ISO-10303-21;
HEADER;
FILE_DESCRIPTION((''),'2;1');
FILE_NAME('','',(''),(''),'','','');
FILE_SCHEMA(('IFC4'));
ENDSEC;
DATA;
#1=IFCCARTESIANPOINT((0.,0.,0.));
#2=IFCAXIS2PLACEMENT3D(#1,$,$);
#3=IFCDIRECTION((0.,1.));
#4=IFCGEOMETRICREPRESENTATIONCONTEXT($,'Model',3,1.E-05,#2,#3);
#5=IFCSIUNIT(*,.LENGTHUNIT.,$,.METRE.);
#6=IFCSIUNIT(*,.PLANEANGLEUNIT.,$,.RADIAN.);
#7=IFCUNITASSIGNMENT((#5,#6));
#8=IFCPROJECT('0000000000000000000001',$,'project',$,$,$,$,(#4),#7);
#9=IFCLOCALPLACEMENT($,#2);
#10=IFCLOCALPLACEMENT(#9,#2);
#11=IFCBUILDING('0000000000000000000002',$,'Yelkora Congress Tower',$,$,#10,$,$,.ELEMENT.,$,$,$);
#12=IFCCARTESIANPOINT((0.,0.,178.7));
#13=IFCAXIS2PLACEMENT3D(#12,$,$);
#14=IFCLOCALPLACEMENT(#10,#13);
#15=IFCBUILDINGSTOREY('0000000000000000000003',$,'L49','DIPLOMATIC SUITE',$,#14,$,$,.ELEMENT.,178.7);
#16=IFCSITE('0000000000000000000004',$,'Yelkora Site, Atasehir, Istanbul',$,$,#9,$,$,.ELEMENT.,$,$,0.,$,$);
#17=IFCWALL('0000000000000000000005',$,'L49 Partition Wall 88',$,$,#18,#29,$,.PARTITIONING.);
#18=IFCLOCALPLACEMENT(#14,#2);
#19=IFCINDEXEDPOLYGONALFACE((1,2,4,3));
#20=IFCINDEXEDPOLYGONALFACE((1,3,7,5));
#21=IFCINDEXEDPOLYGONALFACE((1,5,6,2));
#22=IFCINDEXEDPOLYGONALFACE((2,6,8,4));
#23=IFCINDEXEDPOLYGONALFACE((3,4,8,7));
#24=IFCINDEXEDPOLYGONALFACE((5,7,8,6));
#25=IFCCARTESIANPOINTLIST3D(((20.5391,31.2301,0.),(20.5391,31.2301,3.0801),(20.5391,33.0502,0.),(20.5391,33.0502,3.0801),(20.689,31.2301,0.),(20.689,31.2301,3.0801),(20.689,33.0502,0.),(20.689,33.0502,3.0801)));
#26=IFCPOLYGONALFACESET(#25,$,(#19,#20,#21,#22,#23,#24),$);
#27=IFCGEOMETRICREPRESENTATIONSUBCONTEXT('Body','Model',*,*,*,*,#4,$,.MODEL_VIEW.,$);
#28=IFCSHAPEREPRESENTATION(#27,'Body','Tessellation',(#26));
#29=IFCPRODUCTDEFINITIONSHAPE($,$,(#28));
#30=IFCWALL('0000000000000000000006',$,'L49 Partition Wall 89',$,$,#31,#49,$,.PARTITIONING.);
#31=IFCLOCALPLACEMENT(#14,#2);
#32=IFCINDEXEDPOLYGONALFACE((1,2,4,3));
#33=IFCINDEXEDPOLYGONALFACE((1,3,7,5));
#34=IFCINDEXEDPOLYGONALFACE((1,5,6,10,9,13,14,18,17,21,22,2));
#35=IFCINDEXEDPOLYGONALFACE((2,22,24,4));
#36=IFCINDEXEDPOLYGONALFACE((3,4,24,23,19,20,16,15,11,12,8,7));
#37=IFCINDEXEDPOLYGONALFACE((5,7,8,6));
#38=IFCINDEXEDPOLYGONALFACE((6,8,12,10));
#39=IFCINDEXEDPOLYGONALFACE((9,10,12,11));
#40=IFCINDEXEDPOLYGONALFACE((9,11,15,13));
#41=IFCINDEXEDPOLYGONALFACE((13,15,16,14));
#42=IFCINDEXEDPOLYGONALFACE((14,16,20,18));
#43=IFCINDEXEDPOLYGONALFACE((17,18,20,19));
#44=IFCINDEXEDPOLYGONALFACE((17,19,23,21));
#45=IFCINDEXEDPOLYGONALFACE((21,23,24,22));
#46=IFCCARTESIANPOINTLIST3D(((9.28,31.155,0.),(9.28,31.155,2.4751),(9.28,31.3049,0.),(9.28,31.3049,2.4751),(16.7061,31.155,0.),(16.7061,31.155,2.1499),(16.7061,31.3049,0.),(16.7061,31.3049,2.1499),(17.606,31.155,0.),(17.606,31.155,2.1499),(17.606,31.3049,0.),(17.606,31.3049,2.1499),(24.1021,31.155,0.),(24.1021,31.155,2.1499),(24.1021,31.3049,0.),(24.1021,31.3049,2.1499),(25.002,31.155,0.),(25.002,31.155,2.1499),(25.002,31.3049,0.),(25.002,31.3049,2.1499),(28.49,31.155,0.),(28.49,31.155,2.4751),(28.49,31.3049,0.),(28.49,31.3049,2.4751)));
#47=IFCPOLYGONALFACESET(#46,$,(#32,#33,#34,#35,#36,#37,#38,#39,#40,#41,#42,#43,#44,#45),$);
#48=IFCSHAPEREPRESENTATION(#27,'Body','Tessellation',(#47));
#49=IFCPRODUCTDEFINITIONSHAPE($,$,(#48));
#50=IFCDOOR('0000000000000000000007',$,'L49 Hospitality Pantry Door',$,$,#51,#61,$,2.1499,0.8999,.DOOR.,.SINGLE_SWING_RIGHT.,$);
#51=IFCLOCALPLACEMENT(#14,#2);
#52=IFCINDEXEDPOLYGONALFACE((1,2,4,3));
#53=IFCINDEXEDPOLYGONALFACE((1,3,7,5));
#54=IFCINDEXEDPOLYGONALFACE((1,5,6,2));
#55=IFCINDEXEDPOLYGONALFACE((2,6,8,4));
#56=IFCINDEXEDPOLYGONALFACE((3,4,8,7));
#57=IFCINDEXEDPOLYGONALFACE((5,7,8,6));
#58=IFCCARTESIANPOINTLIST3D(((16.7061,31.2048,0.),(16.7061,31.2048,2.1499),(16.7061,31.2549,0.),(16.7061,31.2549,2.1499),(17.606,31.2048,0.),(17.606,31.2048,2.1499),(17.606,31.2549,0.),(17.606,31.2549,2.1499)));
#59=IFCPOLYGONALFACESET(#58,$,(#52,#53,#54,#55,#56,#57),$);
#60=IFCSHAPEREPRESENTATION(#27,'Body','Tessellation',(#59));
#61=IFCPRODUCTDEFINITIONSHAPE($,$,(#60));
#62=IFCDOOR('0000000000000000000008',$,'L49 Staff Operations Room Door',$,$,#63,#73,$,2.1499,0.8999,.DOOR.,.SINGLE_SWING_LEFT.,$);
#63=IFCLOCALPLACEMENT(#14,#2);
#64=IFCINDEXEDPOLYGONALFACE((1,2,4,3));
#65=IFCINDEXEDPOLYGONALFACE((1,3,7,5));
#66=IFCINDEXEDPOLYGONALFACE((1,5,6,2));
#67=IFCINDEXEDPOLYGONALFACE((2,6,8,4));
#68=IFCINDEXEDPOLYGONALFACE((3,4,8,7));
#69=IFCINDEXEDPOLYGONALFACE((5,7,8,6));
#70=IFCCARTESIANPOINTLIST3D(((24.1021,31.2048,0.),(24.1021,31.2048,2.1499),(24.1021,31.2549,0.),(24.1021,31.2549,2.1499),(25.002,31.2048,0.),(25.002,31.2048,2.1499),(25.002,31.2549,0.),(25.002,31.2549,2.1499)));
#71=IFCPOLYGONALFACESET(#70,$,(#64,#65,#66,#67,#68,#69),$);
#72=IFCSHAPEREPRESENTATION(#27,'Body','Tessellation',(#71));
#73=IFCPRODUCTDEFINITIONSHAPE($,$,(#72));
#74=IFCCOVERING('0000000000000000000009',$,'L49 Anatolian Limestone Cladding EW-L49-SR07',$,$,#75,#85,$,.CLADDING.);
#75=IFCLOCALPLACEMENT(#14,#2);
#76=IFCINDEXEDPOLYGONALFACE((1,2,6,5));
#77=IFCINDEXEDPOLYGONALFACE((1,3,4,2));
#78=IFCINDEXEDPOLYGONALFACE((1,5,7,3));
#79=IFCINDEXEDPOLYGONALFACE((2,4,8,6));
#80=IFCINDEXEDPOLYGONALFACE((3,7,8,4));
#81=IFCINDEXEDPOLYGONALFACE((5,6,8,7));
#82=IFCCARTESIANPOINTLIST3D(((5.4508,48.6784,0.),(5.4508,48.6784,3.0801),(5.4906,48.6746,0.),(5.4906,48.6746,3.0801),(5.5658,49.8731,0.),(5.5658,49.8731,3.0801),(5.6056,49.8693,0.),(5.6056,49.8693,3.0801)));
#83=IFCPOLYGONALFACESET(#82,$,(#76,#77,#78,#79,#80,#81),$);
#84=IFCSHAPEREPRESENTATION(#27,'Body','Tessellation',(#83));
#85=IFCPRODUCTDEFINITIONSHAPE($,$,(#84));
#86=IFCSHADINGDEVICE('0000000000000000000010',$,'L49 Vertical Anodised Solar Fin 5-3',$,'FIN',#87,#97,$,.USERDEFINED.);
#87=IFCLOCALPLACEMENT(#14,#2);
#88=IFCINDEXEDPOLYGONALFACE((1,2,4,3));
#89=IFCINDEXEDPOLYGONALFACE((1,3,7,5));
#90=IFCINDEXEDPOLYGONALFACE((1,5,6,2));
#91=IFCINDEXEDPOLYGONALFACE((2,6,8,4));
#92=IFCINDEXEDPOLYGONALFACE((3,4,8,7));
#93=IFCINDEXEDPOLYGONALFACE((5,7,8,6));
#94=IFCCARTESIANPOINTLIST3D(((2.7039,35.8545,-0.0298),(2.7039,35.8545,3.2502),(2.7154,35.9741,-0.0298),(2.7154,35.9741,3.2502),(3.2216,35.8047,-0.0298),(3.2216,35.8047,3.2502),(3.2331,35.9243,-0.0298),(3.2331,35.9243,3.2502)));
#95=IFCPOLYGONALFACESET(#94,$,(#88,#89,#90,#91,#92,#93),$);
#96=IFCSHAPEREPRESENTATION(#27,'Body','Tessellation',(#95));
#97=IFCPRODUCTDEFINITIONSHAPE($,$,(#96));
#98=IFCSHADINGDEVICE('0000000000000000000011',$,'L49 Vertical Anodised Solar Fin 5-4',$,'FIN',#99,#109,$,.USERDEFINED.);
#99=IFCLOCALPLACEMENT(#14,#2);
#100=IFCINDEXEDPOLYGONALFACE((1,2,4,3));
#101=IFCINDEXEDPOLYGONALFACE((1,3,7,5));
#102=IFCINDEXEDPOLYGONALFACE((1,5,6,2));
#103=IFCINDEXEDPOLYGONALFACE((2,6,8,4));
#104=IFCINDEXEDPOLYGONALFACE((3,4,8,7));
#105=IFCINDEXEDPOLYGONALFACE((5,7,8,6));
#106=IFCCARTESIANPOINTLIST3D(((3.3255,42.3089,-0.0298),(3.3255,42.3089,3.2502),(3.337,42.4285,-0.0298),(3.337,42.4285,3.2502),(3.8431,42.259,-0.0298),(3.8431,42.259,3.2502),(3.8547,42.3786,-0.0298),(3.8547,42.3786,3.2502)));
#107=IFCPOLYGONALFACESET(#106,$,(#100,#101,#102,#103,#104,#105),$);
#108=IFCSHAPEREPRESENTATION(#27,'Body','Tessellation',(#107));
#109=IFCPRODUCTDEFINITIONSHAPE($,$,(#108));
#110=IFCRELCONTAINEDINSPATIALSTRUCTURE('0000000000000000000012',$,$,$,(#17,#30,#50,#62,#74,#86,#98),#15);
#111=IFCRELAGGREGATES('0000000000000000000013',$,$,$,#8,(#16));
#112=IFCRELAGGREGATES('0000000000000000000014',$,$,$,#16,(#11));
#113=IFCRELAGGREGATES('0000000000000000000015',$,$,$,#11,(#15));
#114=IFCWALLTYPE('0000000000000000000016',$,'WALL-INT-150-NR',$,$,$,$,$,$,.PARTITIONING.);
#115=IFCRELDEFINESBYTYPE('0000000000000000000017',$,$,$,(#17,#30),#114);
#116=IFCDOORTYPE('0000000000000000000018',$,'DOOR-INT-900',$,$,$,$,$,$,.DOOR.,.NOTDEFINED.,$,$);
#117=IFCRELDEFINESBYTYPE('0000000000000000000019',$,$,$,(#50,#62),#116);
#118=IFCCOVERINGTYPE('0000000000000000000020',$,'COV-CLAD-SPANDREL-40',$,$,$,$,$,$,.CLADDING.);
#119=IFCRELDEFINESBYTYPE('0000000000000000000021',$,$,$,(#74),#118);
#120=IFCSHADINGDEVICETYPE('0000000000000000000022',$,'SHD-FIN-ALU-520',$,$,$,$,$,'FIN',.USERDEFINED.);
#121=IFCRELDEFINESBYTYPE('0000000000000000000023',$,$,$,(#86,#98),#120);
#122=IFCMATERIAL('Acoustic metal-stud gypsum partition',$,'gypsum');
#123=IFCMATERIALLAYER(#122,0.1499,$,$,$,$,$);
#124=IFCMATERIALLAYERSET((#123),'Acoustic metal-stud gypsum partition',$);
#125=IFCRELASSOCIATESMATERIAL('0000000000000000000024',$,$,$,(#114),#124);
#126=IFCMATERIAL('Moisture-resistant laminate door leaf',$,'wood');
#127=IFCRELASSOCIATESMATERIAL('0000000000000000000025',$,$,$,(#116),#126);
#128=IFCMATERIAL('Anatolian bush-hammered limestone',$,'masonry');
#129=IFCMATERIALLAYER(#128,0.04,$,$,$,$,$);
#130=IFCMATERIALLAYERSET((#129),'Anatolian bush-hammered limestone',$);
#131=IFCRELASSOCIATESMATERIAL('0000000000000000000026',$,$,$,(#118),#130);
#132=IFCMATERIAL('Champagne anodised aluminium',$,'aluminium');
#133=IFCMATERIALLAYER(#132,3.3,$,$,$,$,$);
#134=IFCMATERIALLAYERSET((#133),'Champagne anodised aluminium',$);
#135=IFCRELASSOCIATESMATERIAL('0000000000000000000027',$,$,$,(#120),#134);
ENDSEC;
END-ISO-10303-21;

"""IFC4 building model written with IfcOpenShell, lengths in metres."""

from ifc_helpers import new_model, si_unit, direction, frame, frame_2d, origin, origin_2d, place, context, subcontext, project, spatial, rectangle, extrude, material, layer, layer_set, type_object, element, fill, save


model = new_model("IFC4")

# Units and contexts
model_context = context("Model", 3, precision=1e-05, world=origin(), true_north=direction((0.0, 1.0)))
body_context = subcontext(model_context, "Body", "Model", "MODEL_VIEW")
ifc_project = project(units=[si_unit("LENGTHUNIT", "METRE"), si_unit("PLANEANGLEUNIT", "RADIAN")], contexts=[model_context])

# Site, building, storey
site_placement = place(None, origin())
site = spatial("IfcSite", under=ifc_project, at=site_placement, Name="Yelkora Site, Atasehir, Istanbul", CompositionType="ELEMENT", RefElevation=0.0)
building_placement = place(site_placement, origin())
building = spatial("IfcBuilding", under=site, at=building_placement, Name="Yelkora Congress Tower", CompositionType="ELEMENT")
storey_placement = place(building_placement, frame((0.0, 0.0, 178.7)))
storey = spatial("IfcBuildingStorey", under=building, at=storey_placement, Name="L49", Description="DIPLOMATIC SUITE", CompositionType="ELEMENT", Elevation=178.7)

# Wall
ifc_material_1 = material(Name="Acoustic metal-stud gypsum partition", Category="gypsum")
ifc_layer_1 = layer(ifc_material_1, 0.1499)
ifc_layer_set_1 = layer_set([ifc_layer_1], Name="Acoustic metal-stud gypsum partition")
wall_type_1 = type_object("IfcWallType", Name="WALL-INT-150-NR", PredefinedType="PARTITIONING", material=ifc_layer_set_1)
for number, where, z_axis, x_axis, name in (
    (1, (20.614, 31.23, 0.0), (0.0, 0.0, 1.0), (0.0, 1.0, 0.0), "L49 Partition Wall 88"),
):
    element("IfcWall", number, at=place(storey_placement, frame(where, z_axis=z_axis, x_axis=x_axis)), inside=storey, type_object=wall_type_1, Name=name, PredefinedType="PARTITIONING", context=body_context, shape_type="SweptSolid", body=[
        extrude(rectangle(XDim=1.8201, YDim=0.1499, at=frame_2d((0.9102, 0.0))), origin(), (0.0, 0.0, 1.0), 3.0801),
    ])

# Wall, openings, doors
wall_1_placement = place(storey_placement, frame((9.28, 31.23, 0.0), z_axis=(0.0, 0.0, 1.0), x_axis=(1.0, 0.0, 0.0)))
wall_1 = element("IfcWall", 2, at=wall_1_placement, inside=storey, type_object=wall_type_1, Name="L49 Partition Wall 89", PredefinedType="PARTITIONING", context=body_context, shape_type="SweptSolid", body=[
    extrude(rectangle(XDim=19.21, YDim=0.1499, at=frame_2d((9.605, 0.0))), origin(), (0.0, 0.0, 1.0), 2.4751),
])
opening_1_placement = place(wall_1_placement, frame((7.426, 0.0, 0.0)))
opening_1 = element("IfcOpeningElement", 3, at=opening_1_placement, cuts=wall_1, PredefinedType="OPENING", context=body_context, shape_type="SweptSolid", body=[
    extrude(rectangle(XDim=0.8999, YDim=2.1499, at=frame_2d((0.45, 1.075))), frame((0.0, 0.085, 0.0), z_axis=(0.0, -1.0, 0.0), x_axis=(1.0, 0.0, 0.0)), (0.0, 0.0, 1.0), 0.1699),
])
opening_2_placement = place(wall_1_placement, frame((14.822, 0.0, 0.0)))
opening_2 = element("IfcOpeningElement", 4, at=opening_2_placement, cuts=wall_1, PredefinedType="OPENING", context=body_context, shape_type="SweptSolid", body=[
    extrude(rectangle(XDim=0.8999, YDim=2.1499, at=frame_2d((0.45, 1.075))), frame((0.0, 0.085, 0.0), z_axis=(0.0, -1.0, 0.0), x_axis=(1.0, 0.0, 0.0)), (0.0, 0.0, 1.0), 0.1699),
])
ifc_material_2 = material(Name="Moisture-resistant laminate door leaf", Category="wood")
door_type = type_object("IfcDoorType", Name="DOOR-INT-900", OperationType="NOTDEFINED", PredefinedType="DOOR", material=ifc_material_2)
door_1_placement = place(opening_1_placement, origin())
door_1 = element("IfcDoor", 5, at=door_1_placement, inside=storey, type_object=door_type, Name="L49 Hospitality Pantry Door", OperationType="SINGLE_SWING_RIGHT", OverallHeight=2.1499, OverallWidth=0.8999, PredefinedType="DOOR", context=body_context, shape_type="SweptSolid", body=[
    extrude(rectangle(XDim=0.8999, YDim=2.1499, at=frame_2d((0.45, 1.075))), frame((0.0, 0.0249, 0.0), z_axis=(0.0, -1.0, 0.0), x_axis=(1.0, 0.0, 0.0)), (0.0, 0.0, 1.0), 0.05),
])
fill(opening_1, door_1)
door_2_placement = place(opening_2_placement, origin())
door_2 = element("IfcDoor", 6, at=door_2_placement, inside=storey, type_object=door_type, Name="L49 Staff Operations Room Door", OperationType="SINGLE_SWING_LEFT", OverallHeight=2.1499, OverallWidth=0.8999, PredefinedType="DOOR", context=body_context, shape_type="SweptSolid", body=[
    extrude(rectangle(XDim=0.8999, YDim=2.1499, at=frame_2d((0.45, 1.075))), frame((0.0, 0.0249, 0.0), z_axis=(0.0, -1.0, 0.0), x_axis=(1.0, 0.0, 0.0)), (0.0, 0.0, 1.0), 0.05),
])
fill(opening_2, door_2)

# Covering
ifc_material_3 = material(Name="Anatolian bush-hammered limestone", Category="masonry")
ifc_layer_2 = layer(ifc_material_3, 0.04)
ifc_layer_set_2 = layer_set([ifc_layer_2], Name="Anatolian bush-hammered limestone")
covering_type = type_object("IfcCoveringType", Name="COV-CLAD-SPANDREL-40", PredefinedType="CLADDING", material=ifc_layer_set_2)
covering_placement = place(storey_placement, frame((5.4707, 48.6765, 0.0), z_axis=(0.0, 0.0, 1.0), x_axis=(0.095817, 0.995399, 0.0)))
element("IfcCovering", 7, at=covering_placement, inside=storey, type_object=covering_type, Name="L49 Anatolian Limestone Cladding EW-L49-SR07", PredefinedType="CLADDING", context=body_context, shape_type="SweptSolid", body=[
    extrude(rectangle(XDim=1.2002, YDim=0.04, at=frame_2d((0.6001, 0.0))), origin(), (0.0, 0.0, 1.0), 3.0801),
])

# Shading devices
ifc_material_4 = material(Name="Champagne anodised aluminium", Category="aluminium")
ifc_layer_3 = layer(ifc_material_4, 3.3)
ifc_layer_set_3 = layer_set([ifc_layer_3], Name="Champagne anodised aluminium")
shading_device_type = type_object("IfcShadingDeviceType", Name="SHD-FIN-ALU-520", ElementType="FIN", PredefinedType="USERDEFINED", material=ifc_layer_set_3)
for number, where, z_axis, x_axis, name in (
    (8, (2.9685, 35.8894, -0.0298), (0.0, 0.0, 1.0), (0.095846, 0.995396, 0.0), "L49 Vertical Anodised Solar Fin 5-3"),
    (9, (3.5901, 42.3438, -0.0298), (0.0, 0.0, 1.0), (0.095846, 0.995396, 0.0), "L49 Vertical Anodised Solar Fin 5-4"),
):
    element("IfcShadingDevice", number, at=place(storey_placement, frame(where, z_axis=z_axis, x_axis=x_axis)), inside=storey, type_object=shading_device_type, Name=name, ObjectType="FIN", PredefinedType="USERDEFINED", context=body_context, shape_type="SweptSolid", body=[
        extrude(rectangle(XDim=0.1201, YDim=0.52, at=origin_2d()), origin(), (0.0, 0.0, 1.0), 3.28),
    ])

save(model, "model.ifc")
